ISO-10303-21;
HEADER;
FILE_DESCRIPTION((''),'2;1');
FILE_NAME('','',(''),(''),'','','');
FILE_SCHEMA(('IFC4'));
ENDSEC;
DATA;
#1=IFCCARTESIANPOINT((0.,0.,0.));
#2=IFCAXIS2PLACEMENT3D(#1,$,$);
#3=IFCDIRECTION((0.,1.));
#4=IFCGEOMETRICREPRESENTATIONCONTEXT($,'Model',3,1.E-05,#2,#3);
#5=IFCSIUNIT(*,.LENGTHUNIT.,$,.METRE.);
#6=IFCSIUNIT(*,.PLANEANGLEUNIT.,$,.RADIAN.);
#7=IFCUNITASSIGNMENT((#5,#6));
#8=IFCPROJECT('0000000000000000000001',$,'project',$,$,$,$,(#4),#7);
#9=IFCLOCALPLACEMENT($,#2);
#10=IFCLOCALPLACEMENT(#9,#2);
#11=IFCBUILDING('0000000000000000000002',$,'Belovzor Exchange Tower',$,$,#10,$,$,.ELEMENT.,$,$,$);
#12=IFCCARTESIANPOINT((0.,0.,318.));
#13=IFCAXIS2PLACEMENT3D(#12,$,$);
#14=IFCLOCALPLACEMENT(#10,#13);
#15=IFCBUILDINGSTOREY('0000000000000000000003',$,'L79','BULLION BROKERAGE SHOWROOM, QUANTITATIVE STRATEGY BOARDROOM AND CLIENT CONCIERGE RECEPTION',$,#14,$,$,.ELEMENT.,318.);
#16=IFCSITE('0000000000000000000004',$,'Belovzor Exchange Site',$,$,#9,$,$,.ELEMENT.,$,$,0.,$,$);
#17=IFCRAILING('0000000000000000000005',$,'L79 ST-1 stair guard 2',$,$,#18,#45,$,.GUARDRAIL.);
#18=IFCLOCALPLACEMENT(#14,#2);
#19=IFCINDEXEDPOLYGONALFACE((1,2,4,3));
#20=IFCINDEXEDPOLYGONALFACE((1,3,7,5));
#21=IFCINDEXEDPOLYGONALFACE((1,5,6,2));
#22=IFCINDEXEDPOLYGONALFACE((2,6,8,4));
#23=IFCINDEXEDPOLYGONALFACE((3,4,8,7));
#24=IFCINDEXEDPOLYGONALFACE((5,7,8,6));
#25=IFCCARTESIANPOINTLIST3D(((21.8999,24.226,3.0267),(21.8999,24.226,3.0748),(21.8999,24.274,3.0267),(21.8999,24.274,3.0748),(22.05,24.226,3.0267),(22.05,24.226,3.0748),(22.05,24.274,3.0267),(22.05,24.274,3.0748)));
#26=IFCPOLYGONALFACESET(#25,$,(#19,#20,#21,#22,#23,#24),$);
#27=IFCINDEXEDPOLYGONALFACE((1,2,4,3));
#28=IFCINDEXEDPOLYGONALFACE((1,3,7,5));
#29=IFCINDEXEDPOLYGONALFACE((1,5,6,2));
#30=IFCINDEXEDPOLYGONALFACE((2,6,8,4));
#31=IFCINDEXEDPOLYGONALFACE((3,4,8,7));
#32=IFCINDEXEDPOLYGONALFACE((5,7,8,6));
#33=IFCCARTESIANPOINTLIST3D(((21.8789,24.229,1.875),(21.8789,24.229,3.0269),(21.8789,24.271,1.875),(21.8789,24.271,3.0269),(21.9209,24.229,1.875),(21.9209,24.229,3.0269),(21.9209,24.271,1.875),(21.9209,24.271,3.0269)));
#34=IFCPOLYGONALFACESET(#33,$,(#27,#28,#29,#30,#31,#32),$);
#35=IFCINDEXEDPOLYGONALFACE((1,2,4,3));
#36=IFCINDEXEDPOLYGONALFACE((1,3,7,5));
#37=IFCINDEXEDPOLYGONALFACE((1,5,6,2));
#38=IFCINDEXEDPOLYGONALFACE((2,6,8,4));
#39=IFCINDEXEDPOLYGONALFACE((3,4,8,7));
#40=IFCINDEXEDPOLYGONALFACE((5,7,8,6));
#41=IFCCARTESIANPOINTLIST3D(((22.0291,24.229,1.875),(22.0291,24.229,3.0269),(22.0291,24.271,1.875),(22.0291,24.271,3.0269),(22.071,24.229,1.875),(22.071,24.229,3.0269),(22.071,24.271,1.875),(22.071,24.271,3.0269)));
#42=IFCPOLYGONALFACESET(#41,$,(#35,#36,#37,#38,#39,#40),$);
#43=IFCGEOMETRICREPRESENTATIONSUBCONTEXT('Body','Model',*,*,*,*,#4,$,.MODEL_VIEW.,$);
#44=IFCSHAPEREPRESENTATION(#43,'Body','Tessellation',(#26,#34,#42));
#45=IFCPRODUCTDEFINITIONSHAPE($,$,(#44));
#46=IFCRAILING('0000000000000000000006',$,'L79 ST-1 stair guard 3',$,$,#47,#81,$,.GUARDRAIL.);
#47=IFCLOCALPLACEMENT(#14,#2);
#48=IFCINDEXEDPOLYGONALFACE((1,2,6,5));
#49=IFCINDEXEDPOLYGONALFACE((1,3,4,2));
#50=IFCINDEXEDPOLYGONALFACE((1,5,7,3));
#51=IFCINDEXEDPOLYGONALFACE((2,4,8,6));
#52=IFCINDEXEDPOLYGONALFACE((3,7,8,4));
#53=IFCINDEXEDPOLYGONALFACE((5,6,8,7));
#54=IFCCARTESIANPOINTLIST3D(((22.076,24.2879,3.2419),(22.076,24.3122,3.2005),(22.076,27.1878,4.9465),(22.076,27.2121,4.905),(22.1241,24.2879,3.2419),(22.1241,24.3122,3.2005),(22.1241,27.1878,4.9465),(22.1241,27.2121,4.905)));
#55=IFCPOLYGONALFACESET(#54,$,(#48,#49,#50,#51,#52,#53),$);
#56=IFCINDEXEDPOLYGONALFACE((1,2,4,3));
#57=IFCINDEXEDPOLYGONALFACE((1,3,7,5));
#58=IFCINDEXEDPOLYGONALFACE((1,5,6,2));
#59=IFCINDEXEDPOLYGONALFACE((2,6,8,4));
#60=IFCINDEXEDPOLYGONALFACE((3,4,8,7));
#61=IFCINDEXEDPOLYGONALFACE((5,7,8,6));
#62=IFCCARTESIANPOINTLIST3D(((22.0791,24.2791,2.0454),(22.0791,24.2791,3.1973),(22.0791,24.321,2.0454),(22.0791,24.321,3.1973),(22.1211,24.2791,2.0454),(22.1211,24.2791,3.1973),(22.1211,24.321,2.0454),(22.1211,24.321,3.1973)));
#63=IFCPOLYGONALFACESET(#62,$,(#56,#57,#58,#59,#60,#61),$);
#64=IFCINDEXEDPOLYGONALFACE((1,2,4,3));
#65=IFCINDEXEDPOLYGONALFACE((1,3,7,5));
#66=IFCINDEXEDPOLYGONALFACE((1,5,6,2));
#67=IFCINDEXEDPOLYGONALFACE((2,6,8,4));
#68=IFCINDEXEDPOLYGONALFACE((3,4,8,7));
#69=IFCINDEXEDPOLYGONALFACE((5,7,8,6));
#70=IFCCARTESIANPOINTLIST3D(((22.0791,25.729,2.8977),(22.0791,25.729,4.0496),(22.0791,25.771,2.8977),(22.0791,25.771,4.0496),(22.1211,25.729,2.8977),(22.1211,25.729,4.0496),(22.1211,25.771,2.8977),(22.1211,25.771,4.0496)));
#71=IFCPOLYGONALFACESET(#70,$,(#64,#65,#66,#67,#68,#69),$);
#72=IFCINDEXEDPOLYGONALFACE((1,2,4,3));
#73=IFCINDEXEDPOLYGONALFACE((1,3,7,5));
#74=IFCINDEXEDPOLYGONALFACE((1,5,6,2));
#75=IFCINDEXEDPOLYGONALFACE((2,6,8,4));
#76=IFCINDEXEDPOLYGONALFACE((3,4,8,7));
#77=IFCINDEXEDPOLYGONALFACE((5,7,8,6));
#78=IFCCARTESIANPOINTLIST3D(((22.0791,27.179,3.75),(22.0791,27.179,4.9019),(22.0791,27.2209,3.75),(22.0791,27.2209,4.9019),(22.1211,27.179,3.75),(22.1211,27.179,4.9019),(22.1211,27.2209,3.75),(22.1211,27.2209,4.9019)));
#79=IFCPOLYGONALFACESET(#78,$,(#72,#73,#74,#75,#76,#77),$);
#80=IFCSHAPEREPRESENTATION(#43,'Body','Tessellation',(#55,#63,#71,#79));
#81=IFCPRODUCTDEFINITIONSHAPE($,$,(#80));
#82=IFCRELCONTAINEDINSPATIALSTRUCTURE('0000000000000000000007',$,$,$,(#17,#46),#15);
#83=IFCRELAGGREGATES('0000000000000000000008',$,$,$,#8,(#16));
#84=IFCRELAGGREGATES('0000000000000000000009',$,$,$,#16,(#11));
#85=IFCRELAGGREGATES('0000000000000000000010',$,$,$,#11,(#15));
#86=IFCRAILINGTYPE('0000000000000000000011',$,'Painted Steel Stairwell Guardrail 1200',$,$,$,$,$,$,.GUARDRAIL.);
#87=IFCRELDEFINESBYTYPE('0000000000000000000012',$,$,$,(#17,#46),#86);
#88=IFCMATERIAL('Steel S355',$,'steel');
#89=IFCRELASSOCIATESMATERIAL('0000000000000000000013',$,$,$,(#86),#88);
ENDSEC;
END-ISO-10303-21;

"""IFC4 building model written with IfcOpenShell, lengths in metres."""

from ifc_helpers import new_model, si_unit, direction, frame, origin, origin_2d, place, context, subcontext, project, spatial, rectangle, extrude, material, type_object, element, save


model = new_model("IFC4")

# Units and contexts
model_context = context("Model", 3, precision=1e-05, world=origin(), true_north=direction((0.0, 1.0)))
body_context = subcontext(model_context, "Body", "Model", "MODEL_VIEW")
ifc_project = project(units=[si_unit("LENGTHUNIT", "METRE"), si_unit("PLANEANGLEUNIT", "RADIAN")], contexts=[model_context])

# Site, building, storey
site_placement = place(None, origin())
site = spatial("IfcSite", under=ifc_project, at=site_placement, Name="Belovzor Exchange Site", CompositionType="ELEMENT", RefElevation=0.0)
building_placement = place(site_placement, origin())
building = spatial("IfcBuilding", under=site, at=building_placement, Name="Belovzor Exchange Tower", CompositionType="ELEMENT")
storey_placement = place(building_placement, frame((0.0, 0.0, 318.0)))
storey = spatial("IfcBuildingStorey", under=building, at=storey_placement, Name="L79", Description="BULLION BROKERAGE SHOWROOM, QUANTITATIVE STRATEGY BOARDROOM AND CLIENT CONCIERGE RECEPTION", CompositionType="ELEMENT", Elevation=318.0)

# Railings
ifc_material_1 = material(Name="Steel S355", Category="steel")
railing_type_1 = type_object("IfcRailingType", Name="Painted Steel Stairwell Guardrail 1200", PredefinedType="GUARDRAIL", material=ifc_material_1)
railing_1_placement = place(storey_placement, frame((21.8999, 24.25, 1.875)))
element("IfcRailing", 1, at=railing_1_placement, inside=storey, type_object=railing_type_1, Name="L79 ST-1 stair guard 2", PredefinedType="GUARDRAIL", context=body_context, shape_type="SweptSolid", body=[
    extrude(rectangle(XDim=0.0481, YDim=0.0481, at=origin_2d()), frame((0.0, 0.0, 1.1758), z_axis=(1.0, 0.0, 0.0), x_axis=(0.0, 1.0, 0.0)), (0.0, 0.0, 1.0), 0.1501),
    extrude(rectangle(XDim=0.042, YDim=0.042, at=origin_2d()), origin(), (0.0, 0.0, 1.0), 1.1519),
    extrude(rectangle(XDim=0.042, YDim=0.042, at=origin_2d()), frame((0.1501, 0.0, 0.0)), (0.0, 0.0, 1.0), 1.1519),
])
railing_2_placement = place(storey_placement, frame((22.1001, 24.3, 2.0454)))
element("IfcRailing", 2, at=railing_2_placement, inside=storey, type_object=railing_type_1, Name="L79 ST-1 stair guard 3", PredefinedType="GUARDRAIL", context=body_context, shape_type="SweptSolid", body=[
    extrude(rectangle(XDim=0.0481, YDim=0.0481, at=origin_2d()), frame((0.0, 0.0, 1.1758), z_axis=(0.0, 0.862095, 0.506747), x_axis=(-1.0, 0.0, 0.0)), (0.0, 0.0, 1.0), 3.3638),
    extrude(rectangle(XDim=0.042, YDim=0.042, at=origin_2d()), origin(), (0.0, 0.0, 1.0), 1.1519),
    extrude(rectangle(XDim=0.042, YDim=0.042, at=origin_2d()), frame((0.0, 1.45, 0.8523)), (0.0, 0.0, 1.0), 1.1519),
    extrude(rectangle(XDim=0.042, YDim=0.042, at=origin_2d()), frame((0.0, 2.8999, 1.7046)), (0.0, 0.0, 1.0), 1.1519),
])

save(model, "model.ifc")
